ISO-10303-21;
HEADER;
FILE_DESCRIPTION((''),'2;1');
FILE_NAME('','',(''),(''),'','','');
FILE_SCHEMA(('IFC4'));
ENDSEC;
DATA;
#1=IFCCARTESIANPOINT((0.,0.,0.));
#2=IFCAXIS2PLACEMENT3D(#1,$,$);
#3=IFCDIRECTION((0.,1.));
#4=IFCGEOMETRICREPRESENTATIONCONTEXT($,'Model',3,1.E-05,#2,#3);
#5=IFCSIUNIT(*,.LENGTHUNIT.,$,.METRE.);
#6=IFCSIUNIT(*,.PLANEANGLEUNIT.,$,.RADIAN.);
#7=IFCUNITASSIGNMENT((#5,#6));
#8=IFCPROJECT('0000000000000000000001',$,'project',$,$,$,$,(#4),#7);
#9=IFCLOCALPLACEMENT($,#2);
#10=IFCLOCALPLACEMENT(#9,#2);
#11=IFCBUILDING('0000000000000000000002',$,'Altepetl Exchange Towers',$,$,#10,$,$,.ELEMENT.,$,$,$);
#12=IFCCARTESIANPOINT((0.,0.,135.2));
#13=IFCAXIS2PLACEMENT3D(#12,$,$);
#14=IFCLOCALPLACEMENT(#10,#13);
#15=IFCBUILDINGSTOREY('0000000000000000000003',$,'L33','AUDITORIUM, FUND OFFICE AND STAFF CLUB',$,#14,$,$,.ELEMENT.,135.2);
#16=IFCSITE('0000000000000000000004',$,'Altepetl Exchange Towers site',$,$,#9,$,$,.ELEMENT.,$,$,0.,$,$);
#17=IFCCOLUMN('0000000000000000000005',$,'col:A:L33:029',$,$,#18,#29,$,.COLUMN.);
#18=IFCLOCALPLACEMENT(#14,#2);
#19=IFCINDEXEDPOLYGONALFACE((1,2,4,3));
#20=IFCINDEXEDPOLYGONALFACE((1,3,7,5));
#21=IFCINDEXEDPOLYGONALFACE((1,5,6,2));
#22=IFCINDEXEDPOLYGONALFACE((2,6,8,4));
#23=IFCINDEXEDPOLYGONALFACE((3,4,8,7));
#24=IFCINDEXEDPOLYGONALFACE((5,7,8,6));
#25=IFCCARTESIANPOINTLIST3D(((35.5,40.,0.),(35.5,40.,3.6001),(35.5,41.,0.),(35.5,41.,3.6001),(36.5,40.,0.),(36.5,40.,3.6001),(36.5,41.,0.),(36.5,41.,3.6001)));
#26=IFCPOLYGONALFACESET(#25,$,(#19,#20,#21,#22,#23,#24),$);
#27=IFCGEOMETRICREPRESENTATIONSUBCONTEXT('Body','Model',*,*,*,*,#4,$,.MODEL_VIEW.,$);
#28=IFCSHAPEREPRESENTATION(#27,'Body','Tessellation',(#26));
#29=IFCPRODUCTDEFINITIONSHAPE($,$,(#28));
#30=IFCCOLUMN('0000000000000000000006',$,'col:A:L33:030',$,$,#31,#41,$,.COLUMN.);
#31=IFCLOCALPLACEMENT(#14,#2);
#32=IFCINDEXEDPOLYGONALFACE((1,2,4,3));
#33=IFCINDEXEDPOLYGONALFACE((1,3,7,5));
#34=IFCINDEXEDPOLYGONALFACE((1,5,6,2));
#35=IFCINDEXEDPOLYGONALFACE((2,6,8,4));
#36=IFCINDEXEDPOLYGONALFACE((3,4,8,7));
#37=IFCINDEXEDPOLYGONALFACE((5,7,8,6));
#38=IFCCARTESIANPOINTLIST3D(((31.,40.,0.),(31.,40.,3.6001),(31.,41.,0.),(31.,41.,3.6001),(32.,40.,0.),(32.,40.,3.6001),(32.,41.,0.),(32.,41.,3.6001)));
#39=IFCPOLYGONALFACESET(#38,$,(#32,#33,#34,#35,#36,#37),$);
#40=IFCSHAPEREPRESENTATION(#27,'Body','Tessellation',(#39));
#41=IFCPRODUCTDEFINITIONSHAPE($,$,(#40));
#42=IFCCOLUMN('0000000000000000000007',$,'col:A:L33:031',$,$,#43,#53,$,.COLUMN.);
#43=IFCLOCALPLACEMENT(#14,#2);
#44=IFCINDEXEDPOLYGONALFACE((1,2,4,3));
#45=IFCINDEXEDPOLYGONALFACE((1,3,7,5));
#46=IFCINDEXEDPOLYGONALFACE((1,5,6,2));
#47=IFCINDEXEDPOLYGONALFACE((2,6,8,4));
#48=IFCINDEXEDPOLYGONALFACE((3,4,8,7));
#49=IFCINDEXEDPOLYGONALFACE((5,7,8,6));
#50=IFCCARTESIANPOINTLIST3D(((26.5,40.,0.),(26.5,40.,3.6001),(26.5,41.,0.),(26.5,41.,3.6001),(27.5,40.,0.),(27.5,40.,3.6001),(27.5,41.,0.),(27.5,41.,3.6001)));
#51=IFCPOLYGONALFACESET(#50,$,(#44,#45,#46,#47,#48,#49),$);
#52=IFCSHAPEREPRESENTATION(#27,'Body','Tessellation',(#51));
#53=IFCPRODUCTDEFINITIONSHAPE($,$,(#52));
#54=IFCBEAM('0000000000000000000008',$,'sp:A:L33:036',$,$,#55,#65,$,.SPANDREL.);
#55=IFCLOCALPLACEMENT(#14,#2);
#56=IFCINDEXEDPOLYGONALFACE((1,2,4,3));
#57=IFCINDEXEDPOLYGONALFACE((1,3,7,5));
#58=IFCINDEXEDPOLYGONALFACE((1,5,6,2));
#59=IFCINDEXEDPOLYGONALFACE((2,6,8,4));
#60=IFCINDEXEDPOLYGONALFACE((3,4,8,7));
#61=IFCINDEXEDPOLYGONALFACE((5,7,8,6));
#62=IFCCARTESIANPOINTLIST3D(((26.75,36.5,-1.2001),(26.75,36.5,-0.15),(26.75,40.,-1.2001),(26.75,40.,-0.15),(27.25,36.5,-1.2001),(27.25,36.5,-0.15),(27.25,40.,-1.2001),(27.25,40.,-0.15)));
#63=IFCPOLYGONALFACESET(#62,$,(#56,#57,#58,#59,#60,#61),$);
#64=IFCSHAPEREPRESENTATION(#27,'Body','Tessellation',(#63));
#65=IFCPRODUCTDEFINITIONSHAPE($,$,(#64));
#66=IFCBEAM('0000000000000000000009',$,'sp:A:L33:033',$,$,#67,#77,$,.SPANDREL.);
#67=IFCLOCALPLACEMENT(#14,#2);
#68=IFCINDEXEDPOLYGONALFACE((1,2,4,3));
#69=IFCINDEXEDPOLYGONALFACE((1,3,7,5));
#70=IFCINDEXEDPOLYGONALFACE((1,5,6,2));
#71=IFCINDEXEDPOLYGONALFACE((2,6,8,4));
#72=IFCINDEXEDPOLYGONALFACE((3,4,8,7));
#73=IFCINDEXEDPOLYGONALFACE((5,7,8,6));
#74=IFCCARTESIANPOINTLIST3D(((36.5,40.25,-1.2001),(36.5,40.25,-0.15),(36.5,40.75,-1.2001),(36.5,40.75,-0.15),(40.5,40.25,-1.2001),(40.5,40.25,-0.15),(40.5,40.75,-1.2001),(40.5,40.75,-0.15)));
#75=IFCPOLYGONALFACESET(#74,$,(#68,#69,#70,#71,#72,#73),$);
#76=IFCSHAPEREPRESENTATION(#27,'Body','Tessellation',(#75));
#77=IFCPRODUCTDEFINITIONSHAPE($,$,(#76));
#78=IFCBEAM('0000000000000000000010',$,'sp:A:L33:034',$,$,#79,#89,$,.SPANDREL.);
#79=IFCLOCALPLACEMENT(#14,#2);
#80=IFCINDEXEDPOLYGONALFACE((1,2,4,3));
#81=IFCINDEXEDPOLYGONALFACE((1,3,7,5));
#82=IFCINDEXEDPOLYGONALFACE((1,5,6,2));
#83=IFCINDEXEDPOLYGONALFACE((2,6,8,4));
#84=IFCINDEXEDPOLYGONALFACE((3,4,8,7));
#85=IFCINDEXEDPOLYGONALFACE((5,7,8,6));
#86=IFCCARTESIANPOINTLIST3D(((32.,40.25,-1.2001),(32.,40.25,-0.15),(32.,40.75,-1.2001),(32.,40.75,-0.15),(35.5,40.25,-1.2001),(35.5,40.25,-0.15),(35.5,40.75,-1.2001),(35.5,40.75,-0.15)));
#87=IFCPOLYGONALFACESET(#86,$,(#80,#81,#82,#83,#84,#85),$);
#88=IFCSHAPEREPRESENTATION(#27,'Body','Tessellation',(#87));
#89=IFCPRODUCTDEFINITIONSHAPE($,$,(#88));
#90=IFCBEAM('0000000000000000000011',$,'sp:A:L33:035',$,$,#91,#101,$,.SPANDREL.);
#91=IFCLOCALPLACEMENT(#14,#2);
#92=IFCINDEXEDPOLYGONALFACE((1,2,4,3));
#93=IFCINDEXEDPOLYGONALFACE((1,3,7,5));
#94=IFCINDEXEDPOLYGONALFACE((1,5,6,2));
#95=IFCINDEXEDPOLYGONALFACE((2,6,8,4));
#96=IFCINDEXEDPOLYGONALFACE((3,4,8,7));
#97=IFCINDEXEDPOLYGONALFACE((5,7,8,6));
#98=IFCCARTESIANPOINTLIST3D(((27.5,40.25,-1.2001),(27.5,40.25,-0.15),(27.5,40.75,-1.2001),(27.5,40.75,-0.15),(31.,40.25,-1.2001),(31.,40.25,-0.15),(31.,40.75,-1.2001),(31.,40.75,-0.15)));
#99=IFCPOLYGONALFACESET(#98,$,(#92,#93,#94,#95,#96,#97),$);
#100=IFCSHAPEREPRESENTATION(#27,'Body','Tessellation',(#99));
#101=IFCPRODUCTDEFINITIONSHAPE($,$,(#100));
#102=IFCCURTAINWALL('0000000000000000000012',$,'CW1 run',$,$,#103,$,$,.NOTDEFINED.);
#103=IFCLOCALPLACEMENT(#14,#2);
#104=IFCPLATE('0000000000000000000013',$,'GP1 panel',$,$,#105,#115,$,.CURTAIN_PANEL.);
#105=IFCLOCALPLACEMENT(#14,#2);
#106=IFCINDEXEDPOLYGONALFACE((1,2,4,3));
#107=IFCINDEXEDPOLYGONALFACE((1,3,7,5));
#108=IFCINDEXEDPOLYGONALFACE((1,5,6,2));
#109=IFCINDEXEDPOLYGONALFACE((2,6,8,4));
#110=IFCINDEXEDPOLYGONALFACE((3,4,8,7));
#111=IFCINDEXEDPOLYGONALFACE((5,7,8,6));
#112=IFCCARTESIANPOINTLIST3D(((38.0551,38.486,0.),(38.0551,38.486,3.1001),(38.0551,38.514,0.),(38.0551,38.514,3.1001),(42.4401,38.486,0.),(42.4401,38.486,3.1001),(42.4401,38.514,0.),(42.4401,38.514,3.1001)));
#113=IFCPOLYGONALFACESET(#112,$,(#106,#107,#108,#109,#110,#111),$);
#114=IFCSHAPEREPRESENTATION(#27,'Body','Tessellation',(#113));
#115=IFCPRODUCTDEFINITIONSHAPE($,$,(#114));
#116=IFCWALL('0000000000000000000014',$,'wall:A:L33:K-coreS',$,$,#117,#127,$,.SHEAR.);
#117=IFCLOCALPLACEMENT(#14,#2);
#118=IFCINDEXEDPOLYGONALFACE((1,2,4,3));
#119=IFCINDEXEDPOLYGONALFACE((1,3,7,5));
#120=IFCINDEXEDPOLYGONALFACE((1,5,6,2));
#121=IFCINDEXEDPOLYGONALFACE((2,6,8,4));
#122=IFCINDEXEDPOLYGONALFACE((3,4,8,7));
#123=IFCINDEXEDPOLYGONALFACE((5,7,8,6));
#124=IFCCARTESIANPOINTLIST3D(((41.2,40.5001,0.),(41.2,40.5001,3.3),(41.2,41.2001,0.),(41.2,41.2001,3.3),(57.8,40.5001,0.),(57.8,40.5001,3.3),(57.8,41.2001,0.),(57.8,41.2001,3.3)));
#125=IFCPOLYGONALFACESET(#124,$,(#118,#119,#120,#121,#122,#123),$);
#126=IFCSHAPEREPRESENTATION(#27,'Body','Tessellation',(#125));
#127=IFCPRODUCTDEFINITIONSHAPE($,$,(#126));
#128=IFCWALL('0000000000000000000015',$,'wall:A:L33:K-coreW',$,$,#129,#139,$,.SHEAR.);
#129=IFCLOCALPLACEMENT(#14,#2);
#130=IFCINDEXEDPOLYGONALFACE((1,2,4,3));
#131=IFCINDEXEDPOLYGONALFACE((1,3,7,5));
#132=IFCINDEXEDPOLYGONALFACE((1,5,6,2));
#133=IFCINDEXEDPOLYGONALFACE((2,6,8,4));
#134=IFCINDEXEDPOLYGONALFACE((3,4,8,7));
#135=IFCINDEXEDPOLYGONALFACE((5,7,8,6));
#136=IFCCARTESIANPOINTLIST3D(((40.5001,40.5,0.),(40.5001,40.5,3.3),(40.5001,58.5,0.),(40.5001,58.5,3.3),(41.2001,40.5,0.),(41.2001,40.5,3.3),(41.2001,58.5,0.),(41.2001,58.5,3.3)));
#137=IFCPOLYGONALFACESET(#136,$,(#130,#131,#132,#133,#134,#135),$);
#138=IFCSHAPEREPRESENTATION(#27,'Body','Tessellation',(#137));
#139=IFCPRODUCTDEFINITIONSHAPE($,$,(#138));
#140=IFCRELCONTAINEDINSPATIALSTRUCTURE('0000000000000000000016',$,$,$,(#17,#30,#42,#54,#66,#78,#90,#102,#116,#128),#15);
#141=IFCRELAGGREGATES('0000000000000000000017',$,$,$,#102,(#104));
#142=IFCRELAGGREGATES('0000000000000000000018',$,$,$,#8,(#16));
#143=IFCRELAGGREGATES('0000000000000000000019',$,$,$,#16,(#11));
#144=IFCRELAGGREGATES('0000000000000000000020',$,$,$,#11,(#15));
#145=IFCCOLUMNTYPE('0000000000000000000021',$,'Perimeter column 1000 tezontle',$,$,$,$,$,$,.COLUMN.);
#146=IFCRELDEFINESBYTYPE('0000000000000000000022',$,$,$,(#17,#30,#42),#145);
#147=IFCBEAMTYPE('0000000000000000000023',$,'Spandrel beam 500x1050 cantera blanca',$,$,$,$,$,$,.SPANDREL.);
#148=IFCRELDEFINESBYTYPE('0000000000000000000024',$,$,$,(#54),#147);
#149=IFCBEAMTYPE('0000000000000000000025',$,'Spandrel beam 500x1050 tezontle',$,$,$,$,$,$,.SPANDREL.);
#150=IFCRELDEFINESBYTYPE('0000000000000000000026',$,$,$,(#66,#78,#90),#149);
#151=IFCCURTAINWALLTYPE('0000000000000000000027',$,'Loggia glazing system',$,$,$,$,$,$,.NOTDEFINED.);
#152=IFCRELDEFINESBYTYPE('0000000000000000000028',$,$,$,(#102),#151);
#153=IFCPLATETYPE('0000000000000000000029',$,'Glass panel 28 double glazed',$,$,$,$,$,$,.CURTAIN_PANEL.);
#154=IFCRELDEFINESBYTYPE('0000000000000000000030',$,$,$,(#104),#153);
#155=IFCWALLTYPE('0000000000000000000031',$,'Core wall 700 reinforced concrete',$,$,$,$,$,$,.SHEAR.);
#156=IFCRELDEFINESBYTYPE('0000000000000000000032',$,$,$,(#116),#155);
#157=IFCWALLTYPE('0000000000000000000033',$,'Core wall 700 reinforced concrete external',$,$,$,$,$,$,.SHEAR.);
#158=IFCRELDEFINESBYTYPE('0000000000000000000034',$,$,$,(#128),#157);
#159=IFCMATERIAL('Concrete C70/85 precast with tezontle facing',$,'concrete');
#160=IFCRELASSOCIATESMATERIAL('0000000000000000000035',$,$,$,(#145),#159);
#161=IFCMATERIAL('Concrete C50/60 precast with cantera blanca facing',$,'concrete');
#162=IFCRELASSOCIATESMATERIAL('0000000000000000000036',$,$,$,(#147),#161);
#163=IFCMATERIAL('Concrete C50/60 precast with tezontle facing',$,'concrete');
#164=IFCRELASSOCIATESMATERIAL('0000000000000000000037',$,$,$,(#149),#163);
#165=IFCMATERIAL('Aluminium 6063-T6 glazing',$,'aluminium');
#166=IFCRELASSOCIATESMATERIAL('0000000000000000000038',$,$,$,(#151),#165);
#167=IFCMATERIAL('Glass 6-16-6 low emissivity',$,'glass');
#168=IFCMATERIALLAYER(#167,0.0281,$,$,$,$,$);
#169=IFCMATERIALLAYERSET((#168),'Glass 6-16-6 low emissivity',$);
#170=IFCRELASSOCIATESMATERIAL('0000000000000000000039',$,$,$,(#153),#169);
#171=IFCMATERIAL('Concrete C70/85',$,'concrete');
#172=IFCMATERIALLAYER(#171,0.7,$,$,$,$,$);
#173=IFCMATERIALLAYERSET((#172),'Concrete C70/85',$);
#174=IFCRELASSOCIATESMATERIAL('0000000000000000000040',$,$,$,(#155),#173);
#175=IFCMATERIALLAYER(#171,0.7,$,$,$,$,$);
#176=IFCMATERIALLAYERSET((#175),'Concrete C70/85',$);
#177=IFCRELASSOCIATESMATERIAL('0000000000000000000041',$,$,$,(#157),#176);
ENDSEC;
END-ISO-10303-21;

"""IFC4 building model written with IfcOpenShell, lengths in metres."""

from ifc_helpers import new_model, si_unit, direction, frame, frame_2d, origin, origin_2d, place, context, subcontext, project, spatial, rectangle, extrude, material, layer, layer_set, material_profile, profile_set, type_object, element, aggregate, save


model = new_model("IFC4")

# Units and contexts
model_context = context("Model", 3, precision=1e-05, world=origin(), true_north=direction((0.0, 1.0)))
body_context = subcontext(model_context, "Body", "Model", "MODEL_VIEW")
ifc_project = project(units=[si_unit("LENGTHUNIT", "METRE"), si_unit("PLANEANGLEUNIT", "RADIAN")], contexts=[model_context])

# Site, building, storey
site_placement = place(None, origin())
site = spatial("IfcSite", under=ifc_project, at=site_placement, Name="Altepetl Exchange Towers site", CompositionType="ELEMENT", RefElevation=0.0)
building_placement = place(site_placement, origin())
building = spatial("IfcBuilding", under=site, at=building_placement, Name="Altepetl Exchange Towers", CompositionType="ELEMENT")
storey_placement = place(building_placement, frame((0.0, 0.0, 135.2)))
storey = spatial("IfcBuildingStorey", under=building, at=storey_placement, Name="L33", Description="AUDITORIUM, FUND OFFICE AND STAFF CLUB", CompositionType="ELEMENT", Elevation=135.2)

# Columns
ifc_material_1 = material(Name="Concrete C70/85 precast with tezontle facing", Category="concrete")
ifc_material_profile_1 = material_profile(ifc_material_1, rectangle(XDim=1.0, YDim=1.0, at=origin_2d()), Name="1000 x 1000")
ifc_profile_set_1 = profile_set([ifc_material_profile_1], Name="Concrete C70/85 precast with tezontle facing")
column_type = type_object("IfcColumnType", Name="Perimeter column 1000 tezontle", PredefinedType="COLUMN", material=ifc_profile_set_1)
for number, where, name in (
    (1, (36.0, 40.5, 0.0), "col:A:L33:029"),
    (2, (31.5, 40.5, 0.0), "col:A:L33:030"),
    (3, (27.0, 40.5, 0.0), "col:A:L33:031"),
):
    element("IfcColumn", number, at=place(storey_placement, frame(where)), inside=storey, type_object=column_type, Name=name, PredefinedType="COLUMN", context=body_context, shape_type="SweptSolid", body=[
        extrude(rectangle(XDim=1.0, YDim=1.0, at=origin_2d()), origin(), (0.0, 0.0, 1.0), 3.6001),
    ])

# Beams
ifc_material_2 = material(Name="Concrete C50/60 precast with cantera blanca facing", Category="concrete")
ifc_material_profile_2 = material_profile(ifc_material_2, rectangle(XDim=0.5, YDim=1.05, at=origin_2d()), Name="500 x 1050")
ifc_profile_set_2 = profile_set([ifc_material_profile_2], Name="Concrete C50/60 precast with cantera blanca facing")
beam_type_1 = type_object("IfcBeamType", Name="Spandrel beam 500x1050 cantera blanca", PredefinedType="SPANDREL", material=ifc_profile_set_2)
beam_1_placement = place(storey_placement, frame((27.0, 40.0, -0.675), z_axis=(0.0, -1.0, 0.0), x_axis=(1.0, 0.0, 0.0)))
element("IfcBeam", 4, at=beam_1_placement, inside=storey, type_object=beam_type_1, Name="sp:A:L33:036", PredefinedType="SPANDREL", context=body_context, shape_type="SweptSolid", body=[
    extrude(rectangle(XDim=0.5, YDim=1.05, at=origin_2d()), origin(), (0.0, 0.0, 1.0), 3.5),
])
ifc_material_3 = material(Name="Concrete C50/60 precast with tezontle facing", Category="concrete")
ifc_material_profile_3 = material_profile(ifc_material_3, rectangle(XDim=0.5, YDim=1.05, at=origin_2d()), Name="500 x 1050")
ifc_profile_set_3 = profile_set([ifc_material_profile_3], Name="Concrete C50/60 precast with tezontle facing")
beam_type_2 = type_object("IfcBeamType", Name="Spandrel beam 500x1050 tezontle", PredefinedType="SPANDREL", material=ifc_profile_set_3)
beam_2_placement = place(storey_placement, frame((40.5, 40.5, -0.675), z_axis=(-1.0, 0.0, 0.0), x_axis=(0.0, -1.0, 0.0)))
element("IfcBeam", 5, at=beam_2_placement, inside=storey, type_object=beam_type_2, Name="sp:A:L33:033", PredefinedType="SPANDREL", context=body_context, shape_type="SweptSolid", body=[
    extrude(rectangle(XDim=0.5, YDim=1.05, at=origin_2d()), origin(), (0.0, 0.0, 1.0), 4.0),
])
for number, where, z_axis, x_axis, name in (
    (6, (35.5, 40.5, -0.675), (-1.0, 0.0, 0.0), (0.0, -1.0, 0.0), "sp:A:L33:034"),
    (7, (31.0, 40.5, -0.675), (-1.0, 0.0, 0.0), (0.0, -1.0, 0.0), "sp:A:L33:035"),
):
    element("IfcBeam", number, at=place(storey_placement, frame(where, z_axis=z_axis, x_axis=x_axis)), inside=storey, type_object=beam_type_2, Name=name, PredefinedType="SPANDREL", context=body_context, shape_type="SweptSolid", body=[
        extrude(rectangle(XDim=0.5, YDim=1.05, at=origin_2d()), origin(), (0.0, 0.0, 1.0), 3.5),
    ])

# Curtain wall, plate
ifc_material_4 = material(Name="Aluminium 6063-T6 glazing", Category="aluminium")
curtain_wall_type = type_object("IfcCurtainWallType", Name="Loggia glazing system", PredefinedType="NOTDEFINED", material=ifc_material_4)
curtain_wall_placement = place(storey_placement, origin())
curtain_wall = element("IfcCurtainWall", 8, at=curtain_wall_placement, inside=storey, type_object=curtain_wall_type, Name="CW1 run", PredefinedType="NOTDEFINED")
ifc_material_5 = material(Name="Glass 6-16-6 low emissivity", Category="glass")
ifc_layer_1 = layer(ifc_material_5, 0.0281)
ifc_layer_set_1 = layer_set([ifc_layer_1], Name="Glass 6-16-6 low emissivity")
plate_type = type_object("IfcPlateType", Name="Glass panel 28 double glazed", PredefinedType="CURTAIN_PANEL", material=ifc_layer_set_1)
plate_placement = place(storey_placement, frame((40.2476, 38.5, 0.0), z_axis=(0.0, 0.0, 1.0), x_axis=(-1.0, 0.0, 0.0)))
plate = element("IfcPlate", 9, at=plate_placement, type_object=plate_type, Name="GP1 panel", PredefinedType="CURTAIN_PANEL", context=body_context, shape_type="SweptSolid", body=[
    extrude(rectangle(XDim=4.385, YDim=0.0281, at=origin_2d()), origin(), (0.0, 0.0, 1.0), 3.1001),
])
aggregate(curtain_wall, [plate])

# Walls
ifc_material_6 = material(Name="Concrete C70/85", Category="concrete")
ifc_layer_2 = layer(ifc_material_6, 0.7)
ifc_layer_set_2 = layer_set([ifc_layer_2], Name="Concrete C70/85")
wall_type_1 = type_object("IfcWallType", Name="Core wall 700 reinforced concrete", PredefinedType="SHEAR", material=ifc_layer_set_2)
wall_1_placement = place(storey_placement, frame((41.2, 40.8501, 0.0)))
element("IfcWall", 10, at=wall_1_placement, inside=storey, type_object=wall_type_1, Name="wall:A:L33:K-coreS", PredefinedType="SHEAR", context=body_context, shape_type="SweptSolid", body=[
    extrude(rectangle(XDim=16.6001, YDim=0.7, at=frame_2d((8.3, 0.0))), origin(), (0.0, 0.0, 1.0), 3.3),
])
ifc_layer_3 = layer(ifc_material_6, 0.7)
ifc_layer_set_3 = layer_set([ifc_layer_3], Name="Concrete C70/85")
wall_type_2 = type_object("IfcWallType", Name="Core wall 700 reinforced concrete external", PredefinedType="SHEAR", material=ifc_layer_set_3)
wall_2_placement = place(storey_placement, frame((40.8501, 40.5, 0.0), z_axis=(0.0, 0.0, 1.0), x_axis=(0.0, 1.0, 0.0)))
element("IfcWall", 11, at=wall_2_placement, inside=storey, type_object=wall_type_2, Name="wall:A:L33:K-coreW", PredefinedType="SHEAR", context=body_context, shape_type="SweptSolid", body=[
    extrude(rectangle(XDim=18.0, YDim=0.7, at=frame_2d((9.0, 0.0))), origin(), (0.0, 0.0, 1.0), 3.3),
])

save(model, "model.ifc")
